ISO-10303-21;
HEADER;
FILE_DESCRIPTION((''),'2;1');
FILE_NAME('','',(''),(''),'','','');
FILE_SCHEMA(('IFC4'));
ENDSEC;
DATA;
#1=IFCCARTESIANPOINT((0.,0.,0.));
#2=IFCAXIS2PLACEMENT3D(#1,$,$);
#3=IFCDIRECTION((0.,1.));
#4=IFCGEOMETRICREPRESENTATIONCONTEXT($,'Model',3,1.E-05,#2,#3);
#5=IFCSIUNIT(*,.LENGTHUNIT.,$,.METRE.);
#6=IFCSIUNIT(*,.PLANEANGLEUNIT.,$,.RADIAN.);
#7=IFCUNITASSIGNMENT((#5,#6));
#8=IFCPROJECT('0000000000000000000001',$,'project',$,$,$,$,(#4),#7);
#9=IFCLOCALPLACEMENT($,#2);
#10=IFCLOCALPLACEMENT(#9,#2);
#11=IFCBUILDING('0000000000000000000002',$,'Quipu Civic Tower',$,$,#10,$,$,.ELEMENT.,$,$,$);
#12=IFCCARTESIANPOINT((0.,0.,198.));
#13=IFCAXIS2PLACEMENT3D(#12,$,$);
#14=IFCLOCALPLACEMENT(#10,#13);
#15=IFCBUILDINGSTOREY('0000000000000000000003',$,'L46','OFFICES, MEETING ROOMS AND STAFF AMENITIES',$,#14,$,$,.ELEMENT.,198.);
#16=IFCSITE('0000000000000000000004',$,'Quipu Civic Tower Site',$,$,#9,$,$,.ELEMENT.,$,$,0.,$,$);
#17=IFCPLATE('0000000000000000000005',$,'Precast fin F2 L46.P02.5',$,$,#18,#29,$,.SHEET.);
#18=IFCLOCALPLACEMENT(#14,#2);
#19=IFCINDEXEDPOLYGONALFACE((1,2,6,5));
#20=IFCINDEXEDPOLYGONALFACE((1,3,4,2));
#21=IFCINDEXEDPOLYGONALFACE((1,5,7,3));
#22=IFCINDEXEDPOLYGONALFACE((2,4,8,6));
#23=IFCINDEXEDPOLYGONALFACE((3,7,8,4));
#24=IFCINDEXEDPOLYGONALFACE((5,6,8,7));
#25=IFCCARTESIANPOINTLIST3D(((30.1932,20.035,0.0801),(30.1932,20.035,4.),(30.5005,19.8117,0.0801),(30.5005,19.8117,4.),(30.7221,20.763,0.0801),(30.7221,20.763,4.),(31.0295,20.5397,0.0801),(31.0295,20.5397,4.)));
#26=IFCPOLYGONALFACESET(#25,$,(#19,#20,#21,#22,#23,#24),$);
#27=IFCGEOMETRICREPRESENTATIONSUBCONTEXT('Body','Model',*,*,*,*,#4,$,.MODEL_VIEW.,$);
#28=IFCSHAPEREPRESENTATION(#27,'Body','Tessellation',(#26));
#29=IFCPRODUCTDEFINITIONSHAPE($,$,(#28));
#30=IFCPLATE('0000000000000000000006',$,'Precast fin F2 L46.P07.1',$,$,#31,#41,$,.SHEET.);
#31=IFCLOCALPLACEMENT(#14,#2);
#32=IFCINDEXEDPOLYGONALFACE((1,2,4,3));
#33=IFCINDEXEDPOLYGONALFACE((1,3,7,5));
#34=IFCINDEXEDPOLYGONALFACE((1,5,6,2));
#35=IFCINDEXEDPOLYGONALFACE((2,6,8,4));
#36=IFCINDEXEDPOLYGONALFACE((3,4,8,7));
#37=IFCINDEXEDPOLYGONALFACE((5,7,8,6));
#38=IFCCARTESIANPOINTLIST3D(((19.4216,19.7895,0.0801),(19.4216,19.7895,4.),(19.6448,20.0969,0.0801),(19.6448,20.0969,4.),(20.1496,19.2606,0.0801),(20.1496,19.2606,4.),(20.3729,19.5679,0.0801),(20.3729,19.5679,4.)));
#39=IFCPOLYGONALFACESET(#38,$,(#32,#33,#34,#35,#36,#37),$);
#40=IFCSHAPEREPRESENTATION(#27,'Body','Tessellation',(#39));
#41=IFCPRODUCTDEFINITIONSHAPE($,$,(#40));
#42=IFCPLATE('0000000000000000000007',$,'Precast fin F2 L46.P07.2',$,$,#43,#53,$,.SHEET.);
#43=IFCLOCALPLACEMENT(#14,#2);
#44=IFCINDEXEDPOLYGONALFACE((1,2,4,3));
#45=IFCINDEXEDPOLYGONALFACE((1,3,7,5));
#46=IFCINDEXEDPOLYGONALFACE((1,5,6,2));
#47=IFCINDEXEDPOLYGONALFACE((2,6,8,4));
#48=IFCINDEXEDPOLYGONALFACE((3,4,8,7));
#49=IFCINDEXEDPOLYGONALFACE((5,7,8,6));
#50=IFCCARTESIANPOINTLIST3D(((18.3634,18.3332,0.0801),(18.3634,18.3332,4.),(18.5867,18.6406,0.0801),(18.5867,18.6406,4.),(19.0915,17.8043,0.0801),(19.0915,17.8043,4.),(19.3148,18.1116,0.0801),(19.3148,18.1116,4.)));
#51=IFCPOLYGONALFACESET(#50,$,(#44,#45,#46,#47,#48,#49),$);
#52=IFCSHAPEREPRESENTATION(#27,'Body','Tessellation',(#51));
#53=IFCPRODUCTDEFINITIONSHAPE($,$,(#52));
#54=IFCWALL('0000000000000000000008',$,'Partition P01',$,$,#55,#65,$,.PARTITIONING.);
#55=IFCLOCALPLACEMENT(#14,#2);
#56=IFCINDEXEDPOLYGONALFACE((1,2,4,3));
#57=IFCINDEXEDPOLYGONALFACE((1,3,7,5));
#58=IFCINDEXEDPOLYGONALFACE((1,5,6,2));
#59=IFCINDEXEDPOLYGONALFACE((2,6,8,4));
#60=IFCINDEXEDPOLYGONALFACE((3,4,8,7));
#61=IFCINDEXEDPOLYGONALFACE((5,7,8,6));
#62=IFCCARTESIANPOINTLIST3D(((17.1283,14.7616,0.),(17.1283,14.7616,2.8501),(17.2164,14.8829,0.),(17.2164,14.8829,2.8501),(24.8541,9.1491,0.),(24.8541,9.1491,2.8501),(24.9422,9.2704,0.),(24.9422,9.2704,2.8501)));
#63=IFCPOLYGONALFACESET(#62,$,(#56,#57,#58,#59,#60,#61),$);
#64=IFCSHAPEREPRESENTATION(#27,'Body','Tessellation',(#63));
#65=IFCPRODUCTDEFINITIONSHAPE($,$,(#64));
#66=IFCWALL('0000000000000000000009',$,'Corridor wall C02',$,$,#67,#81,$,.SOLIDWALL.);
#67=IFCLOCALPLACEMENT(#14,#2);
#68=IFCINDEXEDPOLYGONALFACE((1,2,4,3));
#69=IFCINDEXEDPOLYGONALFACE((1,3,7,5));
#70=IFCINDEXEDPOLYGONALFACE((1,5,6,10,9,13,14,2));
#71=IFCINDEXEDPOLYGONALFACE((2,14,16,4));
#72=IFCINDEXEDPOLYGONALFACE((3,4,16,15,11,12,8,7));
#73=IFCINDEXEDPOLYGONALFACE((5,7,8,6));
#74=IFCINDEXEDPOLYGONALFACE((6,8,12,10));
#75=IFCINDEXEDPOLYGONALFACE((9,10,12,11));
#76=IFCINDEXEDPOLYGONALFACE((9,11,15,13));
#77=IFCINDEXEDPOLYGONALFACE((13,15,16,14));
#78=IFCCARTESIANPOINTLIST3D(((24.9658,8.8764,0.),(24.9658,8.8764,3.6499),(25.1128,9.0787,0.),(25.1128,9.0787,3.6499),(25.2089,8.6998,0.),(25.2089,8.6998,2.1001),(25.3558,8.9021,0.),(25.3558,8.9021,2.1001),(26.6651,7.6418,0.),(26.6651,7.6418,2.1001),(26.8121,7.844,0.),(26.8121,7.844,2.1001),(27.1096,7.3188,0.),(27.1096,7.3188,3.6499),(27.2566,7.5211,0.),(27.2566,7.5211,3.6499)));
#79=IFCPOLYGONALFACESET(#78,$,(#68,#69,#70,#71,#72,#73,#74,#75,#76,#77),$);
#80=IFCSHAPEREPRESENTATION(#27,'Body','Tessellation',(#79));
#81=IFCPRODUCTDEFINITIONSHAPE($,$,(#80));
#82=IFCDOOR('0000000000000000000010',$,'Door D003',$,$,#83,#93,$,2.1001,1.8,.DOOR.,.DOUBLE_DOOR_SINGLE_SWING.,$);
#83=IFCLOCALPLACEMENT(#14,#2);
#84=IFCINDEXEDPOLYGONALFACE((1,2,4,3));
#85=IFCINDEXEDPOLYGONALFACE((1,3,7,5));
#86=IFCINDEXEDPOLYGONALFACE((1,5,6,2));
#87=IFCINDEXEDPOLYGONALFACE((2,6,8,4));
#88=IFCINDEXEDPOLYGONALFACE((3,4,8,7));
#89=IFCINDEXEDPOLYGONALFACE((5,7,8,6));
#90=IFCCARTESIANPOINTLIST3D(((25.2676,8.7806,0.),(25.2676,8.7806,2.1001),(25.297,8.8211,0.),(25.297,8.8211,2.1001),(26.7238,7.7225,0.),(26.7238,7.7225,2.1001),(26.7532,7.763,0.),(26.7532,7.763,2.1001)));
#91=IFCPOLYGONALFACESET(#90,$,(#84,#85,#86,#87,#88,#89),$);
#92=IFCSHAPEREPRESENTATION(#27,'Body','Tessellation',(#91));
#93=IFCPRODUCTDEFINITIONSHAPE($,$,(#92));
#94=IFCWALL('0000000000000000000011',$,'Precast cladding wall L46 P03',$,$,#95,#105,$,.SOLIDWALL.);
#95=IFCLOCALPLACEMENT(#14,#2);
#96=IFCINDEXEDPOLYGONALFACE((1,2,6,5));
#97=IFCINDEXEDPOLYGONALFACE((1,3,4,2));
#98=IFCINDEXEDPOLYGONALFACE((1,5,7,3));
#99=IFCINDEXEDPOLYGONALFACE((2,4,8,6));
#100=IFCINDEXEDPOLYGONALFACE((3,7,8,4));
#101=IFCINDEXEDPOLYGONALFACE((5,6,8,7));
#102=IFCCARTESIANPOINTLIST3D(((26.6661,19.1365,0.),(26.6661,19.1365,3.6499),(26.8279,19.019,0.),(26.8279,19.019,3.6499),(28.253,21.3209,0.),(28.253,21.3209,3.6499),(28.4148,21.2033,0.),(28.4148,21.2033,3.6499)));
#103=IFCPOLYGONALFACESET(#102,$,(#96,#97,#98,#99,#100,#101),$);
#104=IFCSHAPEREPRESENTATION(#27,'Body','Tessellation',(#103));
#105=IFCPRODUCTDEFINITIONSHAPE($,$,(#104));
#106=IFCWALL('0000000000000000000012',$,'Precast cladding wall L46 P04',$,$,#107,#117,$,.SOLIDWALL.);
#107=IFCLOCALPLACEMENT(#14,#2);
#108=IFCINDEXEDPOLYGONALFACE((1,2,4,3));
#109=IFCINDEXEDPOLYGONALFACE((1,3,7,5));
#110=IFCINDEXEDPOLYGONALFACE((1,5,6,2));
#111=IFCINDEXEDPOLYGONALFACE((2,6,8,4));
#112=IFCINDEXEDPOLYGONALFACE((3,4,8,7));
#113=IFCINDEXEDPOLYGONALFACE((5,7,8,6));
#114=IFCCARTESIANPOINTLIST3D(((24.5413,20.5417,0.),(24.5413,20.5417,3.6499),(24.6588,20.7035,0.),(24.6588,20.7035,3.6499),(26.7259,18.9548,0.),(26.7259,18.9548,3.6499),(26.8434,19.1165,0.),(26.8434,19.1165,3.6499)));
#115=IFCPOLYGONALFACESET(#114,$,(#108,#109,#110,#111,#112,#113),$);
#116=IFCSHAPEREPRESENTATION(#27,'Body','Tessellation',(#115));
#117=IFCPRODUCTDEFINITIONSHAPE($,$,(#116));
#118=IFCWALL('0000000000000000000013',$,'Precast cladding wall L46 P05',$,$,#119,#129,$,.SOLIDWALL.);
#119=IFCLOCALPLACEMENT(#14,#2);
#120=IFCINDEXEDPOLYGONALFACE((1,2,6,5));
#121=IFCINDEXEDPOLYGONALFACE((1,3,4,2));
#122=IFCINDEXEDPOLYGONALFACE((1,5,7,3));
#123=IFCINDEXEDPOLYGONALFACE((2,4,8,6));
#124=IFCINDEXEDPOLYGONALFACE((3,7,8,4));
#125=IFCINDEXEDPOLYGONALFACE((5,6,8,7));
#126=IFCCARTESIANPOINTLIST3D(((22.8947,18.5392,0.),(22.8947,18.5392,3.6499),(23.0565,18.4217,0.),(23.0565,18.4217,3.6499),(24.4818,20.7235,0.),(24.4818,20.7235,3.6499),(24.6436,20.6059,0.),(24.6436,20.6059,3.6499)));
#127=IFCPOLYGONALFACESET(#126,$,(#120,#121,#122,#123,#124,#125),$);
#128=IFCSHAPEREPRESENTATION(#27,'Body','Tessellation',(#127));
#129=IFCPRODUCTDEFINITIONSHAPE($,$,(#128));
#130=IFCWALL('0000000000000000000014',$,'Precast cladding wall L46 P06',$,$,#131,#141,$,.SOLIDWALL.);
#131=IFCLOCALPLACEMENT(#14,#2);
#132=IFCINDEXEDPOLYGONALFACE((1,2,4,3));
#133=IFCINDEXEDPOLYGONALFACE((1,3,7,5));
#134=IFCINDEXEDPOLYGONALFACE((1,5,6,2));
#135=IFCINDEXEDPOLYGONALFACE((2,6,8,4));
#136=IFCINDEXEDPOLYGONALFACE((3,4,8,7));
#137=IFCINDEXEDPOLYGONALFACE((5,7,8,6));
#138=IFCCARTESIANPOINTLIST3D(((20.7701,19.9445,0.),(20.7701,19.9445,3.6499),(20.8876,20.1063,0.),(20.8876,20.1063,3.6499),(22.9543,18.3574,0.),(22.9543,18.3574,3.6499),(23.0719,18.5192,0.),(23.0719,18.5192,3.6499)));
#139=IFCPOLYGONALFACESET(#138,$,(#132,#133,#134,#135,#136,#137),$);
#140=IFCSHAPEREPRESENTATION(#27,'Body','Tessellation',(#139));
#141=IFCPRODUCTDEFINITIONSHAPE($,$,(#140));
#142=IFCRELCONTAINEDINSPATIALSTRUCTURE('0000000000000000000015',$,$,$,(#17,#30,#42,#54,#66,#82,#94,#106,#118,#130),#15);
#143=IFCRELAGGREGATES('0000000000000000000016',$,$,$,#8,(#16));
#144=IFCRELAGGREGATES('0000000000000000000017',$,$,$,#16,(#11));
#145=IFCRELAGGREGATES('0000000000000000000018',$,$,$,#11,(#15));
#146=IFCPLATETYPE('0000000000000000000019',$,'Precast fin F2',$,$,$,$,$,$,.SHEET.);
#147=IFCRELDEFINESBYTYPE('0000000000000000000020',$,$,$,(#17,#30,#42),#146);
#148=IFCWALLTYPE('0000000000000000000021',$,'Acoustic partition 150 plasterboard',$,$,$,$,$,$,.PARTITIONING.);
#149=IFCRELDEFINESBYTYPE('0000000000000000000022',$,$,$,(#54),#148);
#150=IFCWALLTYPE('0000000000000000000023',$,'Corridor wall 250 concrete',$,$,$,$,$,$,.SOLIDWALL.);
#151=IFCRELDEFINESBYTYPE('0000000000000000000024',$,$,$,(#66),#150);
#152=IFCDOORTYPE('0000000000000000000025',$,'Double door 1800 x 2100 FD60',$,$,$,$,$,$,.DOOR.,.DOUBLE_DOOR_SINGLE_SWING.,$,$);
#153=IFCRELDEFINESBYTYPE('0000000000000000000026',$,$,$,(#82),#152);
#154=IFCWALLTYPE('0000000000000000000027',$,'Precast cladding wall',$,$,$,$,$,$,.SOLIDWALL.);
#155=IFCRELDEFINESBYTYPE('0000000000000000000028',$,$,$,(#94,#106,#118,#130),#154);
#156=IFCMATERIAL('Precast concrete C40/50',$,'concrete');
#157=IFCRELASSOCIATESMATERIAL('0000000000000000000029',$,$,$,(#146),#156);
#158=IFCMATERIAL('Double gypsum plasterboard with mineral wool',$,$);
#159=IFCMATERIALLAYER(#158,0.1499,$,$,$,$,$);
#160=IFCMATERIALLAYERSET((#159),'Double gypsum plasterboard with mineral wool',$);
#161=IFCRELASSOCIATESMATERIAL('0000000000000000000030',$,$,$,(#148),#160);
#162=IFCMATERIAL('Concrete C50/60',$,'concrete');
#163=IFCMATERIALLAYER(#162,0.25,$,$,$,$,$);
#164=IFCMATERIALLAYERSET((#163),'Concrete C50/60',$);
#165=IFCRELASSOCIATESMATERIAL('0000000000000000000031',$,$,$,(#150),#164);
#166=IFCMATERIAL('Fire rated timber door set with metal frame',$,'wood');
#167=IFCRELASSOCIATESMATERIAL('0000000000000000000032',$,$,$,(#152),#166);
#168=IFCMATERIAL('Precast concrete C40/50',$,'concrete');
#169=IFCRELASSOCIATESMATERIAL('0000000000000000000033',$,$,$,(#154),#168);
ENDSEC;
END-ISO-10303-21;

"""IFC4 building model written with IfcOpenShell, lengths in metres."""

from ifc_helpers import new_model, si_unit, direction, frame, frame_2d, origin, origin_2d, place, context, subcontext, project, spatial, rectangle, extrude, material, layer, layer_set, type_object, element, fill, save


model = new_model("IFC4")

# Units and contexts
model_context = context("Model", 3, precision=1e-05, world=origin(), true_north=direction((0.0, 1.0)))
body_context = subcontext(model_context, "Body", "Model", "MODEL_VIEW")
ifc_project = project(units=[si_unit("LENGTHUNIT", "METRE"), si_unit("PLANEANGLEUNIT", "RADIAN")], contexts=[model_context])

# Site, building, storey
site_placement = place(None, origin())
site = spatial("IfcSite", under=ifc_project, at=site_placement, Name="Quipu Civic Tower Site", CompositionType="ELEMENT", RefElevation=0.0)
building_placement = place(site_placement, origin())
building = spatial("IfcBuilding", under=site, at=building_placement, Name="Quipu Civic Tower", CompositionType="ELEMENT")
storey_placement = place(building_placement, frame((0.0, 0.0, 198.0)))
storey = spatial("IfcBuildingStorey", under=building, at=storey_placement, Name="L46", Description="OFFICES, MEETING ROOMS AND STAFF AMENITIES", CompositionType="ELEMENT", Elevation=198.0)

# Plates
ifc_material_1 = material(Name="Precast concrete C40/50", Category="concrete")
plate_type = type_object("IfcPlateType", Name="Precast fin F2", PredefinedType="SHEET", material=ifc_material_1)
for number, where, z_axis, x_axis, name in (
    (1, (30.6113, 20.2874, 0.0801), (0.0, 0.0, 1.0), (-0.809017, 0.587785, 0.0), "Precast fin F2 L46.P02.5"),
    (2, (19.8972, 19.6787, 0.0801), (0.0, 0.0, 1.0), (-0.587784, -0.809018, 0.0), "Precast fin F2 L46.P07.1"),
    (3, (18.8391, 18.2224, 0.0801), (0.0, 0.0, 1.0), (-0.587784, -0.809018, 0.0), "Precast fin F2 L46.P07.2"),
):
    element("IfcPlate", number, at=place(storey_placement, frame(where, z_axis=z_axis, x_axis=x_axis)), inside=storey, type_object=plate_type, Name=name, PredefinedType="SHEET", context=body_context, shape_type="SweptSolid", body=[
        extrude(rectangle(XDim=0.3799, YDim=0.8999, at=origin_2d()), origin(), (0.0, 0.0, 1.0), 3.9199),
    ])

# Wall
ifc_material_2 = material(Name="Double gypsum plasterboard with mineral wool")
ifc_layer_1 = layer(ifc_material_2, 0.1499)
ifc_layer_set_1 = layer_set([ifc_layer_1], Name="Double gypsum plasterboard with mineral wool")
wall_type_1 = type_object("IfcWallType", Name="Acoustic partition 150 plasterboard", PredefinedType="PARTITIONING", material=ifc_layer_set_1)
wall_1_placement = place(storey_placement, frame((24.8982, 9.2097, 0.0), z_axis=(0.0, 0.0, 1.0), x_axis=(-0.809047, 0.587744, 0.0)))
element("IfcWall", 4, at=wall_1_placement, inside=storey, type_object=wall_type_1, Name="Partition P01", PredefinedType="PARTITIONING", context=body_context, shape_type="SweptSolid", body=[
    extrude(rectangle(XDim=9.5493, YDim=0.1499, at=frame_2d((4.7747, 0.0))), origin(), (0.0, 0.0, 1.0), 2.8501),
])

# Wall, opening, door
ifc_material_3 = material(Name="Concrete C50/60", Category="concrete")
ifc_layer_2 = layer(ifc_material_3, 0.25)
ifc_layer_set_2 = layer_set([ifc_layer_2], Name="Concrete C50/60")
wall_type_2 = type_object("IfcWallType", Name="Corridor wall 250 concrete", PredefinedType="SOLIDWALL", material=ifc_layer_set_2)
wall_2_placement = place(storey_placement, frame((25.0393, 8.9775, 0.0), z_axis=(0.0, 0.0, 1.0), x_axis=(0.809007, -0.587799, 0.0)))
wall_2 = element("IfcWall", 5, at=wall_2_placement, inside=storey, type_object=wall_type_2, Name="Corridor wall C02", PredefinedType="SOLIDWALL", context=body_context, shape_type="SweptSolid", body=[
    extrude(rectangle(XDim=2.6499, YDim=0.25, at=frame_2d((1.325, 0.0))), origin(), (0.0, 0.0, 1.0), 3.6499),
])
opening_placement = place(wall_2_placement, frame((0.3005, 0.0, 0.0)))
opening = element("IfcOpeningElement", 6, at=opening_placement, cuts=wall_2, PredefinedType="OPENING", context=body_context, shape_type="SweptSolid", body=[
    extrude(rectangle(XDim=1.8, YDim=2.1001, at=frame_2d((0.8999, 1.05))), frame((0.0, 0.135, 0.0), z_axis=(0.0, -1.0, 0.0), x_axis=(1.0, 0.0, 0.0)), (0.0, 0.0, 1.0), 0.27),
])
ifc_material_4 = material(Name="Fire rated timber door set with metal frame", Category="wood")
door_type = type_object("IfcDoorType", Name="Double door 1800 x 2100 FD60", OperationType="DOUBLE_DOOR_SINGLE_SWING", PredefinedType="DOOR", material=ifc_material_4)
door_placement = place(opening_placement, origin())
door = element("IfcDoor", 7, at=door_placement, inside=storey, type_object=door_type, Name="Door D003", OperationType="DOUBLE_DOOR_SINGLE_SWING", OverallHeight=2.1001, OverallWidth=1.8, PredefinedType="DOOR", context=body_context, shape_type="SweptSolid", body=[
    extrude(rectangle(XDim=1.8, YDim=2.1001, at=frame_2d((0.8999, 1.05))), frame((0.0, 0.0249, 0.0), z_axis=(0.0, -1.0, 0.0), x_axis=(1.0, 0.0, 0.0)), (0.0, 0.0, 1.0), 0.05),
])
fill(opening, door)

# Walls
ifc_material_5 = material(Name="Precast concrete C40/50", Category="concrete")
wall_type_3 = type_object("IfcWallType", Name="Precast cladding wall", PredefinedType="SOLIDWALL", material=ifc_material_5)
wall_3_placement = place(storey_placement, frame((28.334, 21.2622, 0.0), z_axis=(0.0, 0.0, 1.0), x_axis=(-0.587763, -0.809033, 0.0)))
element("IfcWall", 8, at=wall_3_placement, inside=storey, type_object=wall_type_3, Name="Precast cladding wall L46 P03", PredefinedType="SOLIDWALL", context=body_context, shape_type="SweptSolid", body=[
    extrude(rectangle(XDim=2.7, YDim=0.2, at=frame_2d((1.3501, 0.0))), origin(), (0.0, 0.0, 1.0), 3.6499),
])
wall_4_placement = place(storey_placement, frame((26.7847, 19.0356, 0.0), z_axis=(0.0, 0.0, 1.0), x_axis=(-0.809064, 0.58772, 0.0)))
element("IfcWall", 9, at=wall_4_placement, inside=storey, type_object=wall_type_3, Name="Precast cladding wall L46 P04", PredefinedType="SOLIDWALL", context=body_context, shape_type="SweptSolid", body=[
    extrude(rectangle(XDim=2.7002, YDim=0.2, at=frame_2d((1.3501, 0.0))), origin(), (0.0, 0.0, 1.0), 3.6499),
])
for number, where, z_axis, x_axis, name in (
    (10, (24.5627, 20.6648, 0.0), (0.0, 0.0, 1.0), (-0.587822, -0.80899, 0.0), "Precast cladding wall L46 P05"),
    (11, (23.0132, 18.4382, 0.0), (0.0, 0.0, 1.0), (-0.80899, 0.587822, 0.0), "Precast cladding wall L46 P06"),
):
    element("IfcWall", number, at=place(storey_placement, frame(where, z_axis=z_axis, x_axis=x_axis)), inside=storey, type_object=wall_type_3, Name=name, PredefinedType="SOLIDWALL", context=body_context, shape_type="SweptSolid", body=[
        extrude(rectangle(XDim=2.7, YDim=0.2, at=frame_2d((1.3501, 0.0))), origin(), (0.0, 0.0, 1.0), 3.6499),
    ])

save(model, "model.ifc")
